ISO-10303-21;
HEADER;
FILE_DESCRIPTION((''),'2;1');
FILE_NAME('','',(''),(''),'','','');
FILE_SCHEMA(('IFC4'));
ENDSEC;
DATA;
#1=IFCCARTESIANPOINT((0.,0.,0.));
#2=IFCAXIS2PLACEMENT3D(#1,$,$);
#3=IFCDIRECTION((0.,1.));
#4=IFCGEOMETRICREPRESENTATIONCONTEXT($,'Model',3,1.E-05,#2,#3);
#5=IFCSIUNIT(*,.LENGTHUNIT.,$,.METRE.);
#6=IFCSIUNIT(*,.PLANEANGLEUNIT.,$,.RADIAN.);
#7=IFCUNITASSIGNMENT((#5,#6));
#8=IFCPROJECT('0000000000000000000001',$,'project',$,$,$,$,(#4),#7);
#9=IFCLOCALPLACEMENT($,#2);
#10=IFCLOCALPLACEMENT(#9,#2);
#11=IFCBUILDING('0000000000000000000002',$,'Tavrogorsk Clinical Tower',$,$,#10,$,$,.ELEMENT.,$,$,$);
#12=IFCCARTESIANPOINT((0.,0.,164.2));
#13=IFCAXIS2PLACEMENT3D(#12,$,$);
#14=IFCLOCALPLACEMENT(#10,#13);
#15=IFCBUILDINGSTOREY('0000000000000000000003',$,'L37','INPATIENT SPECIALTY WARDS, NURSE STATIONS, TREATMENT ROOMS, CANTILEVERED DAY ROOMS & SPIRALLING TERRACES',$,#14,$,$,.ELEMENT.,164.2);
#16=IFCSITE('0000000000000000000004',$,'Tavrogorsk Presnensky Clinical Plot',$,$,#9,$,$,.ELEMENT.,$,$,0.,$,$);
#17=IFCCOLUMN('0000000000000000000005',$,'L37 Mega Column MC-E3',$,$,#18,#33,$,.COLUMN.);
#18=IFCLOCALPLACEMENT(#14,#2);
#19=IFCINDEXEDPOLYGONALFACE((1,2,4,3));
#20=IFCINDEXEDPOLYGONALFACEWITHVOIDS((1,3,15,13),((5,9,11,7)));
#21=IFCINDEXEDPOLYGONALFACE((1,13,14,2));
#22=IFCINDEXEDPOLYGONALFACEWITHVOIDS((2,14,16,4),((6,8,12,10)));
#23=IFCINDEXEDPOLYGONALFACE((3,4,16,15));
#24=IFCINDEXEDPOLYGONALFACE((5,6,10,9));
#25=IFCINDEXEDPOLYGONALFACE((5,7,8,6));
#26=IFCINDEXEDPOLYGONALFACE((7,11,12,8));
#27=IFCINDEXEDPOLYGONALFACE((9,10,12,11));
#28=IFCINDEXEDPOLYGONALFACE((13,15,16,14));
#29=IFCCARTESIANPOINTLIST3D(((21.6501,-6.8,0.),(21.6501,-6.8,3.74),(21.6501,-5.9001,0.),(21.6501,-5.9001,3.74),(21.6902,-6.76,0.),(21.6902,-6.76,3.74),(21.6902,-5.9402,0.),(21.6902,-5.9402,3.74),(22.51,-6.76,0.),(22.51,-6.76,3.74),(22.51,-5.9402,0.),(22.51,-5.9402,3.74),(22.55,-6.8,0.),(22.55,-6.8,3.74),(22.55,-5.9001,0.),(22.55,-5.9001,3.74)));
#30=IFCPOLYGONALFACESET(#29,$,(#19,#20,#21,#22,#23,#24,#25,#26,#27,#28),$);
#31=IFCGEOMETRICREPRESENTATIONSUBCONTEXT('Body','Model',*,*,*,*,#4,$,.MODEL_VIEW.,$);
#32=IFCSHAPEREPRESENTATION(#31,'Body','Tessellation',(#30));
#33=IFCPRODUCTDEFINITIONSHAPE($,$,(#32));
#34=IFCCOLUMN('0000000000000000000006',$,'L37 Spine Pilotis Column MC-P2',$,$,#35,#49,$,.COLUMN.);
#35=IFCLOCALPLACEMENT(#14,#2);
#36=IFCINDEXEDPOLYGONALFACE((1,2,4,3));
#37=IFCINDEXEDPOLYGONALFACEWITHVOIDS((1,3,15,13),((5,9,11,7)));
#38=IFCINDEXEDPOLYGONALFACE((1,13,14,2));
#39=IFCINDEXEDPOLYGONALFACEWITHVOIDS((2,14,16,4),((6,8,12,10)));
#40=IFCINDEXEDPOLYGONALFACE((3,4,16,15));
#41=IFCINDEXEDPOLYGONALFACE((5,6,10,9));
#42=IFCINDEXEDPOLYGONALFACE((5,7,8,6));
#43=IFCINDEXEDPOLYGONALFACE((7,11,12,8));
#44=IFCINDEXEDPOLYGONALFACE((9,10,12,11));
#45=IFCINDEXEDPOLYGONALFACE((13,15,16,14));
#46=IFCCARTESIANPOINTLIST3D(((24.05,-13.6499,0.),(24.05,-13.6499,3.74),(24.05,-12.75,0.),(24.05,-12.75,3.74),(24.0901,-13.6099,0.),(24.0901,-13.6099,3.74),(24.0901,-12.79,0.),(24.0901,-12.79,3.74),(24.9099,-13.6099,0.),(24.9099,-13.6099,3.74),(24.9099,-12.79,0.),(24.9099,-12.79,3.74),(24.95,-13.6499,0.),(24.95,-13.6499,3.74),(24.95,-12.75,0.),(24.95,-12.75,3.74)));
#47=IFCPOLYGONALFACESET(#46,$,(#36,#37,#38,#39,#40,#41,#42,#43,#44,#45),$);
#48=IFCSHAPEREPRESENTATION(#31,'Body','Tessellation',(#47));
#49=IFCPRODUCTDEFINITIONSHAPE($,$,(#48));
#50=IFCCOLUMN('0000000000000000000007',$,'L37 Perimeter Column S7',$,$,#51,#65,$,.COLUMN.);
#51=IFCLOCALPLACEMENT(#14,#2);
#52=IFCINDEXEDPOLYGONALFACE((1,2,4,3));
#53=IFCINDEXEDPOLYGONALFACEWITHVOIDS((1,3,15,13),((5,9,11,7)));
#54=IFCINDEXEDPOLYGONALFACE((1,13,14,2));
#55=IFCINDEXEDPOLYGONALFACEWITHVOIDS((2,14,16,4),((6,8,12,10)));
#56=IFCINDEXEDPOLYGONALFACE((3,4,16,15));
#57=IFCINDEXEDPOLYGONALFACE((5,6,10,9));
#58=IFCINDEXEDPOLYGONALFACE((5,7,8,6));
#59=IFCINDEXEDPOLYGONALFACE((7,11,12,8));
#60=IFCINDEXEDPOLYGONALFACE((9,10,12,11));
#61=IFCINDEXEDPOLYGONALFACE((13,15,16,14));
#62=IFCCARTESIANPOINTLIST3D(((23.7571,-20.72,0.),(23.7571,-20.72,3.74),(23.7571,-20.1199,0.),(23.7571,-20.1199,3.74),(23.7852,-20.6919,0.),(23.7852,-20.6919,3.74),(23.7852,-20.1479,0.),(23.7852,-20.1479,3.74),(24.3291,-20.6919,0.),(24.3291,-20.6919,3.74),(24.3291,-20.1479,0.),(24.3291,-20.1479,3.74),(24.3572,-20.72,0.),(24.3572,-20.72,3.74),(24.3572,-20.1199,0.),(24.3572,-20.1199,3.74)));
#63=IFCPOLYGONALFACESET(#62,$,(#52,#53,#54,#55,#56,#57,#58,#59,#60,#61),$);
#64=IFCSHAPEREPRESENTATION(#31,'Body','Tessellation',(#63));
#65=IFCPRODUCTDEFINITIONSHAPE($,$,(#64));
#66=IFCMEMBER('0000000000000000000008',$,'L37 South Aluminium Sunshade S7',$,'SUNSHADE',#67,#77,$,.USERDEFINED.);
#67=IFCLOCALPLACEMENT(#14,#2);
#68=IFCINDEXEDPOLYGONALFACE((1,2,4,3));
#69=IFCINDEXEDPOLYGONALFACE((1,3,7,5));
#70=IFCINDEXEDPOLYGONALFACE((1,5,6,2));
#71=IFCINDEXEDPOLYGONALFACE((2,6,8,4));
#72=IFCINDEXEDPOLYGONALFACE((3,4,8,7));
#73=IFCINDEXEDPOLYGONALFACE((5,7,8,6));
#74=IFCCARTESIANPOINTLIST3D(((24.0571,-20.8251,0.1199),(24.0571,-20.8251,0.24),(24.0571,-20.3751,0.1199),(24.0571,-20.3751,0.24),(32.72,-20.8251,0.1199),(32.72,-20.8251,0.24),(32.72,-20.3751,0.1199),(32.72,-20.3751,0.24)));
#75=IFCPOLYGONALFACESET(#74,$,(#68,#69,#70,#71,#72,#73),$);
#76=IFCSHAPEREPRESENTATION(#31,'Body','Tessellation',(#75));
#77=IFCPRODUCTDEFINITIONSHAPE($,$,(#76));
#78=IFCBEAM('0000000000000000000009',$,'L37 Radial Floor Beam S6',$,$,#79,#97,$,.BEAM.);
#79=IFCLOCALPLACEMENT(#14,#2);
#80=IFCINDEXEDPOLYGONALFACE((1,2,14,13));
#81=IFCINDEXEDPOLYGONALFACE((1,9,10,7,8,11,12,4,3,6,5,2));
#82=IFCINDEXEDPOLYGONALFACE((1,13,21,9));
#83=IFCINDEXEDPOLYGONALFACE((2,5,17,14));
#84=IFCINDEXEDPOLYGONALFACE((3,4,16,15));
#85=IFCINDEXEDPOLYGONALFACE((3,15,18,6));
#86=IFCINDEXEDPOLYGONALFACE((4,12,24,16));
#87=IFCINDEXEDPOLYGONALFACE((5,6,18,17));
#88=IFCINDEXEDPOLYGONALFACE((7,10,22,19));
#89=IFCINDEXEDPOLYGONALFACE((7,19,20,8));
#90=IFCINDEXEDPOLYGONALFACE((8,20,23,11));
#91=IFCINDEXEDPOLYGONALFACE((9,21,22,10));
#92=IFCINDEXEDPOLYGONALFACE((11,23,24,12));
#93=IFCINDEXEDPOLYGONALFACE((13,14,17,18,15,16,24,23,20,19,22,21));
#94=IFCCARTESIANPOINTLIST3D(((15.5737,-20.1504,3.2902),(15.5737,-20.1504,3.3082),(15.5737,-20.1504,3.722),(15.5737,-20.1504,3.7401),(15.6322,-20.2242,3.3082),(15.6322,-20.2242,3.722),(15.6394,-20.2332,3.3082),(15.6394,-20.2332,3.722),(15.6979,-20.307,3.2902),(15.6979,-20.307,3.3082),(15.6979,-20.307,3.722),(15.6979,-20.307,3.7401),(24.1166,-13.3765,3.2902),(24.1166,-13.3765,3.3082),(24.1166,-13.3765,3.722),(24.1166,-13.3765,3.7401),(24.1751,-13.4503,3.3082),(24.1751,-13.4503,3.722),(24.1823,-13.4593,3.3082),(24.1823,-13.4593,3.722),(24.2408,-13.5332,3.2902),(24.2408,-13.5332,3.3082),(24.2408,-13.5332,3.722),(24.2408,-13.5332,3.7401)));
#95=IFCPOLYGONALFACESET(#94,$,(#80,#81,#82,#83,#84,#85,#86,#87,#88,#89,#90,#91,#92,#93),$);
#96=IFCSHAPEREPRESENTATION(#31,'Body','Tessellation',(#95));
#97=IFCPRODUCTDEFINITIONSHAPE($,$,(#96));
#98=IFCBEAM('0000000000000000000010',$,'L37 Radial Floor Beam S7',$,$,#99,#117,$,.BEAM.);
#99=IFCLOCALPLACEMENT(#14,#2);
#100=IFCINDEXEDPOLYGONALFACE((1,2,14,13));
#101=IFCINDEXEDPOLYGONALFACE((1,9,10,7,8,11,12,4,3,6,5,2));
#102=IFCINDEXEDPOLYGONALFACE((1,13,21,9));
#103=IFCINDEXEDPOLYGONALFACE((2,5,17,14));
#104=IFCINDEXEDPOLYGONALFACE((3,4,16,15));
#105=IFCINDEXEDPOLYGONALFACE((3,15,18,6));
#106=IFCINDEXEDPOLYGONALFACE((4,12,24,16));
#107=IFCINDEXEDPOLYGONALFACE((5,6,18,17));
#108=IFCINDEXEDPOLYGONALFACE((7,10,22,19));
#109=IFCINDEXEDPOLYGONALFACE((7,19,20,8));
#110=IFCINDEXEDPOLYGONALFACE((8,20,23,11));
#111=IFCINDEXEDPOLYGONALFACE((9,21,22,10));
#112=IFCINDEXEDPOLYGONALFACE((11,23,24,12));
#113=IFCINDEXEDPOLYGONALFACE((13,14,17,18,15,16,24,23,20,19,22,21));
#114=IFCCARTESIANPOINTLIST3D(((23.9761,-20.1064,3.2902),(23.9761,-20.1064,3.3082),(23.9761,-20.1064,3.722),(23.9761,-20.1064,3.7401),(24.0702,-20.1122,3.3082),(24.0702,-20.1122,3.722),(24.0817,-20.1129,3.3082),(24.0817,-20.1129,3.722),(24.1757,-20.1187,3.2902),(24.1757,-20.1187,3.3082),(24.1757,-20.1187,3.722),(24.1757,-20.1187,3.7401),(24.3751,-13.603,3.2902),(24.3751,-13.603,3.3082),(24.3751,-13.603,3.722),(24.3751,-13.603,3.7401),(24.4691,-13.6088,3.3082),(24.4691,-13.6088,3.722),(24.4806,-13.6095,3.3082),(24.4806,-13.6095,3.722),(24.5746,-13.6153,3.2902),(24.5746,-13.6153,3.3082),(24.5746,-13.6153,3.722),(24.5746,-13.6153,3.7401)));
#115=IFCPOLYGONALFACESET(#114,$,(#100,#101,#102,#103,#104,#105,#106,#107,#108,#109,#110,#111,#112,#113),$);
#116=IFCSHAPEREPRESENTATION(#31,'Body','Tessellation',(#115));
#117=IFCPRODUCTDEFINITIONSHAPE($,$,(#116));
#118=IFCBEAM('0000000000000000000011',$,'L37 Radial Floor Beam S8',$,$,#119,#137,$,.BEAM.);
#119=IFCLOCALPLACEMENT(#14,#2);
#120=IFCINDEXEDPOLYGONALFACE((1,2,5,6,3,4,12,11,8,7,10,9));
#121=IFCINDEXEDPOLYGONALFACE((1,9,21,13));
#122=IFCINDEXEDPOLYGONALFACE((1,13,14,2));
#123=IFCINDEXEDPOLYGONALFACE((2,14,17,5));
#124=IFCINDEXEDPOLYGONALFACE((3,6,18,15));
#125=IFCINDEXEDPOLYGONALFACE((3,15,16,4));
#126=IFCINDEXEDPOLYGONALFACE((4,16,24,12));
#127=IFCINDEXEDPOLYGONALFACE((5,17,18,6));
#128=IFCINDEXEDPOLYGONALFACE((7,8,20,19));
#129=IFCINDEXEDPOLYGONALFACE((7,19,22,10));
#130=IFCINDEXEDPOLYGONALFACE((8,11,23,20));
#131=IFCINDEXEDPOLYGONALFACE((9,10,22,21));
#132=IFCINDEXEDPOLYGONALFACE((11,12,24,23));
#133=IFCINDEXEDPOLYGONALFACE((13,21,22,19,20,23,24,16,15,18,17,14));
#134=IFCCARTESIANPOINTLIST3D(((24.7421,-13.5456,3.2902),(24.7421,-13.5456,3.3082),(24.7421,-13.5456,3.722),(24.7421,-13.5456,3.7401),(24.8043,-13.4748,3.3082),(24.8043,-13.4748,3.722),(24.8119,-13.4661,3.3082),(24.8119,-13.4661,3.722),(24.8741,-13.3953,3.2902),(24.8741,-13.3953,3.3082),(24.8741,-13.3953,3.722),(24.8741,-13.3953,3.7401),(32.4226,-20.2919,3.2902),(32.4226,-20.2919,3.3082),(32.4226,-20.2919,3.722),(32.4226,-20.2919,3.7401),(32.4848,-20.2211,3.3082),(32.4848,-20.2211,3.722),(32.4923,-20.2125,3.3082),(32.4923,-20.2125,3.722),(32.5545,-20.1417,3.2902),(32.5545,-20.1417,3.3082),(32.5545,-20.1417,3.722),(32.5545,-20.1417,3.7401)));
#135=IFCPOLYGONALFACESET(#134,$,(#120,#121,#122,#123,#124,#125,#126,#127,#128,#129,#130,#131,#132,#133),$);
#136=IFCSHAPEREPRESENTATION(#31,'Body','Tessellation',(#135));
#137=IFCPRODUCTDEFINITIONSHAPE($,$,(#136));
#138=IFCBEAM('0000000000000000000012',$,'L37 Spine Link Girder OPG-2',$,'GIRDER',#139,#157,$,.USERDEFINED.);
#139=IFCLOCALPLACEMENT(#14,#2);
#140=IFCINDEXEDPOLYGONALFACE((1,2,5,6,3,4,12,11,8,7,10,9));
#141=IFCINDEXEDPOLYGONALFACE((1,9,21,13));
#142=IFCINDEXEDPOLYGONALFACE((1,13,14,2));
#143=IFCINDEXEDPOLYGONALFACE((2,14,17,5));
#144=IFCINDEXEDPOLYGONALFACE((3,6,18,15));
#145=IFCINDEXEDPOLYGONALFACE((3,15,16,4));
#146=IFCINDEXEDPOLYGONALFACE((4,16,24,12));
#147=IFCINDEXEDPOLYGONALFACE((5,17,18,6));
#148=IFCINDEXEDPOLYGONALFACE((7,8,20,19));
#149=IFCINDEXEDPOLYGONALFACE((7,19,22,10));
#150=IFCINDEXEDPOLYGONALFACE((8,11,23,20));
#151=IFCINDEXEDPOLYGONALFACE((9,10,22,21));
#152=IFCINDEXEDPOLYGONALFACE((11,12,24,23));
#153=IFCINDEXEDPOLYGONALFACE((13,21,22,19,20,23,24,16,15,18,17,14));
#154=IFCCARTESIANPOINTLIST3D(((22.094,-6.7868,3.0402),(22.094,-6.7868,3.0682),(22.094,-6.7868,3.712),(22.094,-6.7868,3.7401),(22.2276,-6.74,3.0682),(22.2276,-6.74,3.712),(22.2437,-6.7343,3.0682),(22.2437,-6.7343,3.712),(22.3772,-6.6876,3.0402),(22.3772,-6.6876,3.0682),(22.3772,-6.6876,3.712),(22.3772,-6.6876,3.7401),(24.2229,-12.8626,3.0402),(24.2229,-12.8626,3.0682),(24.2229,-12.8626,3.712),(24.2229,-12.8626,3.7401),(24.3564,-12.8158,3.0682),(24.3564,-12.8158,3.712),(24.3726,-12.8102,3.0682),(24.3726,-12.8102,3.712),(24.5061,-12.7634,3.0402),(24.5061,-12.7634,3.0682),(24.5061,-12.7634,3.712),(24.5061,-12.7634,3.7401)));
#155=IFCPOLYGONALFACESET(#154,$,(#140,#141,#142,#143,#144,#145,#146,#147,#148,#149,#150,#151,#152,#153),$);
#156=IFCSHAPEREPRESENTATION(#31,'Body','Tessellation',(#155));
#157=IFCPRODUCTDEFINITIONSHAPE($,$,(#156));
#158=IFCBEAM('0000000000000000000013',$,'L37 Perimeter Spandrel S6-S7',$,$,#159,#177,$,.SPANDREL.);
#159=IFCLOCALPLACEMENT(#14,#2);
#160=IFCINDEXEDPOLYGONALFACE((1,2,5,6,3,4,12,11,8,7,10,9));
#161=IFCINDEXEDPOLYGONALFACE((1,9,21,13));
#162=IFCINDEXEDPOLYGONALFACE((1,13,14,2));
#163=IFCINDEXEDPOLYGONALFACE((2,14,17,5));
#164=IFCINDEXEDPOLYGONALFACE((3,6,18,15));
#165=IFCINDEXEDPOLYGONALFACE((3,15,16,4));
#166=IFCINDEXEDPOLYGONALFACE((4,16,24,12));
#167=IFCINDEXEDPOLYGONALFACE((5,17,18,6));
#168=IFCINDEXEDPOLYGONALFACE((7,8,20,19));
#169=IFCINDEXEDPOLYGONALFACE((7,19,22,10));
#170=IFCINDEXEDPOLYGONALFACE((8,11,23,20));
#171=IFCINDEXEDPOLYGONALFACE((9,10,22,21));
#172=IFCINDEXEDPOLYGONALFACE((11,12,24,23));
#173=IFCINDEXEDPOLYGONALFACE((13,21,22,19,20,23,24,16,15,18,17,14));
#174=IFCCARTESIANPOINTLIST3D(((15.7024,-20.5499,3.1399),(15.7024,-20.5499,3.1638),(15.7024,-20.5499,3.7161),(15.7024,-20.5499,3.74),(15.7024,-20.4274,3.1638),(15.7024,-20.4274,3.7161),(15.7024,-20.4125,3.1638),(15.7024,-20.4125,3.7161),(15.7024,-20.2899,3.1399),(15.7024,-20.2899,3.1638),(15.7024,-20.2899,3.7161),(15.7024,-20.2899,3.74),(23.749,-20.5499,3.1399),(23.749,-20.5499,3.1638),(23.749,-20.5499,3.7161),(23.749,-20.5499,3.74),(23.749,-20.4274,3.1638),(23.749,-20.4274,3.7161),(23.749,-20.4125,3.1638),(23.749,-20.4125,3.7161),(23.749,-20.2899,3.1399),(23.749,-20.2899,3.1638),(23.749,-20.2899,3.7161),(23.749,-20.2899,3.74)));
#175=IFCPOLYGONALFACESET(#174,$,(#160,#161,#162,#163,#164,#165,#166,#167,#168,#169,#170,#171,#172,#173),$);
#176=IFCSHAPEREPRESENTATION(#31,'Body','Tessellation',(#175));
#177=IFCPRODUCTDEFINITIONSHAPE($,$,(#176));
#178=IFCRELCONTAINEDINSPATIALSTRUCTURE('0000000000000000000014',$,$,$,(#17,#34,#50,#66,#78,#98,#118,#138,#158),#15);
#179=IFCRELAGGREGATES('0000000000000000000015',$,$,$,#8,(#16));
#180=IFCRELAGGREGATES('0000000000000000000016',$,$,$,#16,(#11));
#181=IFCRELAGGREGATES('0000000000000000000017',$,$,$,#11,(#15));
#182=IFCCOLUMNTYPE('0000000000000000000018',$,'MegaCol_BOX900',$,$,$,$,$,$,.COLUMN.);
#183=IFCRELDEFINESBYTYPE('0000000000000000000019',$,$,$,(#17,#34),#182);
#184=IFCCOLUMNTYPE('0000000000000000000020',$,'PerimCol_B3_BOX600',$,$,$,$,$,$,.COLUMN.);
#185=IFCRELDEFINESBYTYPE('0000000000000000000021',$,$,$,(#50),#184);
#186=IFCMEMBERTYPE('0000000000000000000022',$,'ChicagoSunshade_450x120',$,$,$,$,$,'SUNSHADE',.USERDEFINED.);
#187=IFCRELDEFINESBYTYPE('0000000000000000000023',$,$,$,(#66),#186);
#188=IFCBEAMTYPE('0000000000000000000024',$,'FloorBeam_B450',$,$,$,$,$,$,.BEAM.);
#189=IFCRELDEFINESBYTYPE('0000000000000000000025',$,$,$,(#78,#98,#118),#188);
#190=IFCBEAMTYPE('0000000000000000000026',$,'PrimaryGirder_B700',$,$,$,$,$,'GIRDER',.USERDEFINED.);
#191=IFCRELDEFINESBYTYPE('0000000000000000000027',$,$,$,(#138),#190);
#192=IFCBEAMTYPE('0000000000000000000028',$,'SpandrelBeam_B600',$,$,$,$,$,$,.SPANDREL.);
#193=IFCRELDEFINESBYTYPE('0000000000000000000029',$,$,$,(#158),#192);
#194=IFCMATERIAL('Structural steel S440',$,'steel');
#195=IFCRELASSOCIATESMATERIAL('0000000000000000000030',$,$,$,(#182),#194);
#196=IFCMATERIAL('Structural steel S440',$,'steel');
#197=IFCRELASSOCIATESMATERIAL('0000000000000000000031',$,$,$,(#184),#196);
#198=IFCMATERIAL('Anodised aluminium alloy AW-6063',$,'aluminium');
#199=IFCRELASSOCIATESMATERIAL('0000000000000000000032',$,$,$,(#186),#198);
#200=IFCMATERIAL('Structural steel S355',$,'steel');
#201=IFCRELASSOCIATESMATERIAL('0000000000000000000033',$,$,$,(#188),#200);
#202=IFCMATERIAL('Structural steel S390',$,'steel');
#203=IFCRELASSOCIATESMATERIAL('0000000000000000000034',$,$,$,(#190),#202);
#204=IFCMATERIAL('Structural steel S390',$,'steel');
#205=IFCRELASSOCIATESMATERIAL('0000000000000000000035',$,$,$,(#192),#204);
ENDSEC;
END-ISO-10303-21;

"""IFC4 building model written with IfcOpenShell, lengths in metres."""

from ifc_helpers import new_model, si_unit, direction, frame, origin, origin_2d, place, context, subcontext, project, spatial, rectangle, hollow_rectangle, i_section, extrude, material, material_profile, profile_set, type_object, element, save


model = new_model("IFC4")

# Units and contexts
model_context = context("Model", 3, precision=1e-05, world=origin(), true_north=direction((0.0, 1.0)))
body_context = subcontext(model_context, "Body", "Model", "MODEL_VIEW")
ifc_project = project(units=[si_unit("LENGTHUNIT", "METRE"), si_unit("PLANEANGLEUNIT", "RADIAN")], contexts=[model_context])

# Site, building, storey
site_placement = place(None, origin())
site = spatial("IfcSite", under=ifc_project, at=site_placement, Name="Tavrogorsk Presnensky Clinical Plot", CompositionType="ELEMENT", RefElevation=0.0)
building_placement = place(site_placement, origin())
building = spatial("IfcBuilding", under=site, at=building_placement, Name="Tavrogorsk Clinical Tower", CompositionType="ELEMENT")
storey_placement = place(building_placement, frame((0.0, 0.0, 164.2)))
storey = spatial("IfcBuildingStorey", under=building, at=storey_placement, Name="L37", Description="INPATIENT SPECIALTY WARDS, NURSE STATIONS, TREATMENT ROOMS, CANTILEVERED DAY ROOMS & SPIRALLING TERRACES", CompositionType="ELEMENT", Elevation=164.2)

# Columns
ifc_material_1 = material(Name="Structural steel S440", Category="steel")
ifc_material_profile_1 = material_profile(ifc_material_1, hollow_rectangle(XDim=0.8999, YDim=0.8999, WallThickness=0.04, at=origin_2d()), Name="BOX-900x900x40")
ifc_profile_set_1 = profile_set([ifc_material_profile_1], Name="Structural steel S440")
column_type_1 = type_object("IfcColumnType", Name="MegaCol_BOX900", PredefinedType="COLUMN", material=ifc_profile_set_1)
for number, where, z_axis, x_axis, name in (
    (1, (22.1001, -6.3501, 0.0), (0.0, 0.0, 1.0), (1.0, 0.0, 0.0), "L37 Mega Column MC-E3"),
    (2, (24.5, -13.2, 0.0), (0.0, 0.0, 1.0), (1.0, 0.0, 0.0), "L37 Spine Pilotis Column MC-P2"),
):
    element("IfcColumn", number, at=place(storey_placement, frame(where, z_axis=z_axis, x_axis=x_axis)), inside=storey, type_object=column_type_1, Name=name, PredefinedType="COLUMN", context=body_context, shape_type="SweptSolid", body=[
        extrude(hollow_rectangle(XDim=0.8999, YDim=0.8999, WallThickness=0.04, at=origin_2d()), origin(), (0.0, 0.0, 1.0), 3.74),
    ])
ifc_material_2 = material(Name="Structural steel S440", Category="steel")
ifc_material_profile_2 = material_profile(ifc_material_2, hollow_rectangle(XDim=0.6001, YDim=0.6001, WallThickness=0.0281, at=origin_2d()), Name="BOX-600x600x28")
ifc_profile_set_2 = profile_set([ifc_material_profile_2], Name="Structural steel S440")
column_type_2 = type_object("IfcColumnType", Name="PerimCol_B3_BOX600", PredefinedType="COLUMN", material=ifc_profile_set_2)
column_placement = place(storey_placement, frame((24.0571, -20.4199, 0.0), z_axis=(0.0, 0.0, 1.0), x_axis=(1.0, 0.0, 0.0)))
element("IfcColumn", 3, at=column_placement, inside=storey, type_object=column_type_2, Name="L37 Perimeter Column S7", PredefinedType="COLUMN", context=body_context, shape_type="SweptSolid", body=[
    extrude(hollow_rectangle(XDim=0.6001, YDim=0.6001, WallThickness=0.0281, at=origin_2d()), origin(), (0.0, 0.0, 1.0), 3.74),
])

# Member
ifc_material_3 = material(Name="Anodised aluminium alloy AW-6063", Category="aluminium")
ifc_material_profile_3 = material_profile(ifc_material_3, rectangle(XDim=0.45, YDim=0.1201, at=origin_2d()), Name="ALU-SUNSHADE-450x120")
ifc_profile_set_3 = profile_set([ifc_material_profile_3], Name="Anodised aluminium alloy AW-6063")
member_type = type_object("IfcMemberType", Name="ChicagoSunshade_450x120", ElementType="SUNSHADE", PredefinedType="USERDEFINED", material=ifc_profile_set_3)
member_placement = place(storey_placement, frame((24.0571, -20.6001, 0.1799), z_axis=(1.0, 0.0, 0.0), x_axis=(0.0, 1.0, 0.0)))
element("IfcMember", 4, at=member_placement, inside=storey, type_object=member_type, Name="L37 South Aluminium Sunshade S7", ObjectType="SUNSHADE", PredefinedType="USERDEFINED", context=body_context, shape_type="SweptSolid", body=[
    extrude(rectangle(XDim=0.45, YDim=0.1201, at=origin_2d()), origin(), (0.0, 0.0, 1.0), 8.6628),
])

# Beams
ifc_material_4 = material(Name="Structural steel S355", Category="steel")
ifc_material_profile_4 = material_profile(ifc_material_4, i_section(OverallWidth=0.2, OverallDepth=0.45, WebThickness=0.0115, FlangeThickness=0.0181, at=origin_2d()), Name="B-450x200x11.5x18")
ifc_profile_set_4 = profile_set([ifc_material_profile_4], Name="Structural steel S355")
beam_type_1 = type_object("IfcBeamType", Name="FloorBeam_B450", PredefinedType="BEAM", material=ifc_profile_set_4)
beam_1_placement = place(storey_placement, frame((24.1787, -13.4548, 3.5151), z_axis=(-0.783566, -0.621308, 0.0), x_axis=(0.621308, -0.783566, 0.0)))
element("IfcBeam", 5, at=beam_1_placement, inside=storey, type_object=beam_type_1, Name="L37 Radial Floor Beam S6", PredefinedType="BEAM", context=body_context, shape_type="SweptSolid", body=[
    extrude(i_section(OverallWidth=0.2, OverallDepth=0.45, WebThickness=0.0115, FlangeThickness=0.0181, at=origin_2d()), origin(), (0.0, 0.0, 1.0), 10.9026),
])
beam_2_placement = place(storey_placement, frame((24.4749, -13.6091, 3.5151), z_axis=(-0.061226, -0.998124, 0.0), x_axis=(0.998124, -0.061226, 0.0)))
element("IfcBeam", 6, at=beam_2_placement, inside=storey, type_object=beam_type_1, Name="L37 Radial Floor Beam S7", PredefinedType="BEAM", context=body_context, shape_type="SweptSolid", body=[
    extrude(i_section(OverallWidth=0.2, OverallDepth=0.45, WebThickness=0.0115, FlangeThickness=0.0181, at=origin_2d()), origin(), (0.0, 0.0, 1.0), 6.5156),
])
beam_3_placement = place(storey_placement, frame((24.8081, -13.4705, 3.5151), z_axis=(0.751316, -0.659942, 0.0), x_axis=(0.659942, 0.751316, 0.0)))
element("IfcBeam", 7, at=beam_3_placement, inside=storey, type_object=beam_type_1, Name="L37 Radial Floor Beam S8", PredefinedType="BEAM", context=body_context, shape_type="SweptSolid", body=[
    extrude(i_section(OverallWidth=0.2, OverallDepth=0.45, WebThickness=0.0115, FlangeThickness=0.0181, at=origin_2d()), origin(), (0.0, 0.0, 1.0), 10.2227),
])
ifc_material_5 = material(Name="Structural steel S390", Category="steel")
ifc_material_profile_5 = material_profile(ifc_material_5, i_section(OverallWidth=0.3, OverallDepth=0.7, WebThickness=0.0171, FlangeThickness=0.0281, at=origin_2d()), Name="B-700x300x17x28")
ifc_profile_set_5 = profile_set([ifc_material_profile_5], Name="Structural steel S390")
beam_type_2 = type_object("IfcBeamType", Name="PrimaryGirder_B700", ElementType="GIRDER", PredefinedType="USERDEFINED", material=ifc_profile_set_5)
beam_4_placement = place(storey_placement, frame((24.3645, -12.813, 3.3901), z_axis=(-0.330673, 0.943745, 0.0), x_axis=(-0.943745, -0.330673, 0.0)))
element("IfcBeam", 8, at=beam_4_placement, inside=storey, type_object=beam_type_2, Name="L37 Spine Link Girder OPG-2", ObjectType="GIRDER", PredefinedType="USERDEFINED", context=body_context, shape_type="SweptSolid", body=[
    extrude(i_section(OverallWidth=0.3, OverallDepth=0.7, WebThickness=0.0171, FlangeThickness=0.0281, at=origin_2d()), origin(), (0.0, 0.0, 1.0), 6.438),
])
ifc_material_6 = material(Name="Structural steel S390", Category="steel")
ifc_material_profile_6 = material_profile(ifc_material_6, i_section(OverallWidth=0.26, OverallDepth=0.6001, WebThickness=0.0149, FlangeThickness=0.0239, at=origin_2d()), Name="B-600x260x15x24")
ifc_profile_set_6 = profile_set([ifc_material_profile_6], Name="Structural steel S390")
beam_type_3 = type_object("IfcBeamType", Name="SpandrelBeam_B600", PredefinedType="SPANDREL", material=ifc_profile_set_6)
beam_5_placement = place(storey_placement, frame((15.7024, -20.4199, 3.4399), z_axis=(1.0, 0.0, 0.0), x_axis=(0.0, 1.0, 0.0)))
element("IfcBeam", 9, at=beam_5_placement, inside=storey, type_object=beam_type_3, Name="L37 Perimeter Spandrel S6-S7", PredefinedType="SPANDREL", context=body_context, shape_type="SweptSolid", body=[
    extrude(i_section(OverallWidth=0.26, OverallDepth=0.6001, WebThickness=0.0149, FlangeThickness=0.0239, at=origin_2d()), origin(), (0.0, 0.0, 1.0), 8.0466),
])

save(model, "model.ifc")
